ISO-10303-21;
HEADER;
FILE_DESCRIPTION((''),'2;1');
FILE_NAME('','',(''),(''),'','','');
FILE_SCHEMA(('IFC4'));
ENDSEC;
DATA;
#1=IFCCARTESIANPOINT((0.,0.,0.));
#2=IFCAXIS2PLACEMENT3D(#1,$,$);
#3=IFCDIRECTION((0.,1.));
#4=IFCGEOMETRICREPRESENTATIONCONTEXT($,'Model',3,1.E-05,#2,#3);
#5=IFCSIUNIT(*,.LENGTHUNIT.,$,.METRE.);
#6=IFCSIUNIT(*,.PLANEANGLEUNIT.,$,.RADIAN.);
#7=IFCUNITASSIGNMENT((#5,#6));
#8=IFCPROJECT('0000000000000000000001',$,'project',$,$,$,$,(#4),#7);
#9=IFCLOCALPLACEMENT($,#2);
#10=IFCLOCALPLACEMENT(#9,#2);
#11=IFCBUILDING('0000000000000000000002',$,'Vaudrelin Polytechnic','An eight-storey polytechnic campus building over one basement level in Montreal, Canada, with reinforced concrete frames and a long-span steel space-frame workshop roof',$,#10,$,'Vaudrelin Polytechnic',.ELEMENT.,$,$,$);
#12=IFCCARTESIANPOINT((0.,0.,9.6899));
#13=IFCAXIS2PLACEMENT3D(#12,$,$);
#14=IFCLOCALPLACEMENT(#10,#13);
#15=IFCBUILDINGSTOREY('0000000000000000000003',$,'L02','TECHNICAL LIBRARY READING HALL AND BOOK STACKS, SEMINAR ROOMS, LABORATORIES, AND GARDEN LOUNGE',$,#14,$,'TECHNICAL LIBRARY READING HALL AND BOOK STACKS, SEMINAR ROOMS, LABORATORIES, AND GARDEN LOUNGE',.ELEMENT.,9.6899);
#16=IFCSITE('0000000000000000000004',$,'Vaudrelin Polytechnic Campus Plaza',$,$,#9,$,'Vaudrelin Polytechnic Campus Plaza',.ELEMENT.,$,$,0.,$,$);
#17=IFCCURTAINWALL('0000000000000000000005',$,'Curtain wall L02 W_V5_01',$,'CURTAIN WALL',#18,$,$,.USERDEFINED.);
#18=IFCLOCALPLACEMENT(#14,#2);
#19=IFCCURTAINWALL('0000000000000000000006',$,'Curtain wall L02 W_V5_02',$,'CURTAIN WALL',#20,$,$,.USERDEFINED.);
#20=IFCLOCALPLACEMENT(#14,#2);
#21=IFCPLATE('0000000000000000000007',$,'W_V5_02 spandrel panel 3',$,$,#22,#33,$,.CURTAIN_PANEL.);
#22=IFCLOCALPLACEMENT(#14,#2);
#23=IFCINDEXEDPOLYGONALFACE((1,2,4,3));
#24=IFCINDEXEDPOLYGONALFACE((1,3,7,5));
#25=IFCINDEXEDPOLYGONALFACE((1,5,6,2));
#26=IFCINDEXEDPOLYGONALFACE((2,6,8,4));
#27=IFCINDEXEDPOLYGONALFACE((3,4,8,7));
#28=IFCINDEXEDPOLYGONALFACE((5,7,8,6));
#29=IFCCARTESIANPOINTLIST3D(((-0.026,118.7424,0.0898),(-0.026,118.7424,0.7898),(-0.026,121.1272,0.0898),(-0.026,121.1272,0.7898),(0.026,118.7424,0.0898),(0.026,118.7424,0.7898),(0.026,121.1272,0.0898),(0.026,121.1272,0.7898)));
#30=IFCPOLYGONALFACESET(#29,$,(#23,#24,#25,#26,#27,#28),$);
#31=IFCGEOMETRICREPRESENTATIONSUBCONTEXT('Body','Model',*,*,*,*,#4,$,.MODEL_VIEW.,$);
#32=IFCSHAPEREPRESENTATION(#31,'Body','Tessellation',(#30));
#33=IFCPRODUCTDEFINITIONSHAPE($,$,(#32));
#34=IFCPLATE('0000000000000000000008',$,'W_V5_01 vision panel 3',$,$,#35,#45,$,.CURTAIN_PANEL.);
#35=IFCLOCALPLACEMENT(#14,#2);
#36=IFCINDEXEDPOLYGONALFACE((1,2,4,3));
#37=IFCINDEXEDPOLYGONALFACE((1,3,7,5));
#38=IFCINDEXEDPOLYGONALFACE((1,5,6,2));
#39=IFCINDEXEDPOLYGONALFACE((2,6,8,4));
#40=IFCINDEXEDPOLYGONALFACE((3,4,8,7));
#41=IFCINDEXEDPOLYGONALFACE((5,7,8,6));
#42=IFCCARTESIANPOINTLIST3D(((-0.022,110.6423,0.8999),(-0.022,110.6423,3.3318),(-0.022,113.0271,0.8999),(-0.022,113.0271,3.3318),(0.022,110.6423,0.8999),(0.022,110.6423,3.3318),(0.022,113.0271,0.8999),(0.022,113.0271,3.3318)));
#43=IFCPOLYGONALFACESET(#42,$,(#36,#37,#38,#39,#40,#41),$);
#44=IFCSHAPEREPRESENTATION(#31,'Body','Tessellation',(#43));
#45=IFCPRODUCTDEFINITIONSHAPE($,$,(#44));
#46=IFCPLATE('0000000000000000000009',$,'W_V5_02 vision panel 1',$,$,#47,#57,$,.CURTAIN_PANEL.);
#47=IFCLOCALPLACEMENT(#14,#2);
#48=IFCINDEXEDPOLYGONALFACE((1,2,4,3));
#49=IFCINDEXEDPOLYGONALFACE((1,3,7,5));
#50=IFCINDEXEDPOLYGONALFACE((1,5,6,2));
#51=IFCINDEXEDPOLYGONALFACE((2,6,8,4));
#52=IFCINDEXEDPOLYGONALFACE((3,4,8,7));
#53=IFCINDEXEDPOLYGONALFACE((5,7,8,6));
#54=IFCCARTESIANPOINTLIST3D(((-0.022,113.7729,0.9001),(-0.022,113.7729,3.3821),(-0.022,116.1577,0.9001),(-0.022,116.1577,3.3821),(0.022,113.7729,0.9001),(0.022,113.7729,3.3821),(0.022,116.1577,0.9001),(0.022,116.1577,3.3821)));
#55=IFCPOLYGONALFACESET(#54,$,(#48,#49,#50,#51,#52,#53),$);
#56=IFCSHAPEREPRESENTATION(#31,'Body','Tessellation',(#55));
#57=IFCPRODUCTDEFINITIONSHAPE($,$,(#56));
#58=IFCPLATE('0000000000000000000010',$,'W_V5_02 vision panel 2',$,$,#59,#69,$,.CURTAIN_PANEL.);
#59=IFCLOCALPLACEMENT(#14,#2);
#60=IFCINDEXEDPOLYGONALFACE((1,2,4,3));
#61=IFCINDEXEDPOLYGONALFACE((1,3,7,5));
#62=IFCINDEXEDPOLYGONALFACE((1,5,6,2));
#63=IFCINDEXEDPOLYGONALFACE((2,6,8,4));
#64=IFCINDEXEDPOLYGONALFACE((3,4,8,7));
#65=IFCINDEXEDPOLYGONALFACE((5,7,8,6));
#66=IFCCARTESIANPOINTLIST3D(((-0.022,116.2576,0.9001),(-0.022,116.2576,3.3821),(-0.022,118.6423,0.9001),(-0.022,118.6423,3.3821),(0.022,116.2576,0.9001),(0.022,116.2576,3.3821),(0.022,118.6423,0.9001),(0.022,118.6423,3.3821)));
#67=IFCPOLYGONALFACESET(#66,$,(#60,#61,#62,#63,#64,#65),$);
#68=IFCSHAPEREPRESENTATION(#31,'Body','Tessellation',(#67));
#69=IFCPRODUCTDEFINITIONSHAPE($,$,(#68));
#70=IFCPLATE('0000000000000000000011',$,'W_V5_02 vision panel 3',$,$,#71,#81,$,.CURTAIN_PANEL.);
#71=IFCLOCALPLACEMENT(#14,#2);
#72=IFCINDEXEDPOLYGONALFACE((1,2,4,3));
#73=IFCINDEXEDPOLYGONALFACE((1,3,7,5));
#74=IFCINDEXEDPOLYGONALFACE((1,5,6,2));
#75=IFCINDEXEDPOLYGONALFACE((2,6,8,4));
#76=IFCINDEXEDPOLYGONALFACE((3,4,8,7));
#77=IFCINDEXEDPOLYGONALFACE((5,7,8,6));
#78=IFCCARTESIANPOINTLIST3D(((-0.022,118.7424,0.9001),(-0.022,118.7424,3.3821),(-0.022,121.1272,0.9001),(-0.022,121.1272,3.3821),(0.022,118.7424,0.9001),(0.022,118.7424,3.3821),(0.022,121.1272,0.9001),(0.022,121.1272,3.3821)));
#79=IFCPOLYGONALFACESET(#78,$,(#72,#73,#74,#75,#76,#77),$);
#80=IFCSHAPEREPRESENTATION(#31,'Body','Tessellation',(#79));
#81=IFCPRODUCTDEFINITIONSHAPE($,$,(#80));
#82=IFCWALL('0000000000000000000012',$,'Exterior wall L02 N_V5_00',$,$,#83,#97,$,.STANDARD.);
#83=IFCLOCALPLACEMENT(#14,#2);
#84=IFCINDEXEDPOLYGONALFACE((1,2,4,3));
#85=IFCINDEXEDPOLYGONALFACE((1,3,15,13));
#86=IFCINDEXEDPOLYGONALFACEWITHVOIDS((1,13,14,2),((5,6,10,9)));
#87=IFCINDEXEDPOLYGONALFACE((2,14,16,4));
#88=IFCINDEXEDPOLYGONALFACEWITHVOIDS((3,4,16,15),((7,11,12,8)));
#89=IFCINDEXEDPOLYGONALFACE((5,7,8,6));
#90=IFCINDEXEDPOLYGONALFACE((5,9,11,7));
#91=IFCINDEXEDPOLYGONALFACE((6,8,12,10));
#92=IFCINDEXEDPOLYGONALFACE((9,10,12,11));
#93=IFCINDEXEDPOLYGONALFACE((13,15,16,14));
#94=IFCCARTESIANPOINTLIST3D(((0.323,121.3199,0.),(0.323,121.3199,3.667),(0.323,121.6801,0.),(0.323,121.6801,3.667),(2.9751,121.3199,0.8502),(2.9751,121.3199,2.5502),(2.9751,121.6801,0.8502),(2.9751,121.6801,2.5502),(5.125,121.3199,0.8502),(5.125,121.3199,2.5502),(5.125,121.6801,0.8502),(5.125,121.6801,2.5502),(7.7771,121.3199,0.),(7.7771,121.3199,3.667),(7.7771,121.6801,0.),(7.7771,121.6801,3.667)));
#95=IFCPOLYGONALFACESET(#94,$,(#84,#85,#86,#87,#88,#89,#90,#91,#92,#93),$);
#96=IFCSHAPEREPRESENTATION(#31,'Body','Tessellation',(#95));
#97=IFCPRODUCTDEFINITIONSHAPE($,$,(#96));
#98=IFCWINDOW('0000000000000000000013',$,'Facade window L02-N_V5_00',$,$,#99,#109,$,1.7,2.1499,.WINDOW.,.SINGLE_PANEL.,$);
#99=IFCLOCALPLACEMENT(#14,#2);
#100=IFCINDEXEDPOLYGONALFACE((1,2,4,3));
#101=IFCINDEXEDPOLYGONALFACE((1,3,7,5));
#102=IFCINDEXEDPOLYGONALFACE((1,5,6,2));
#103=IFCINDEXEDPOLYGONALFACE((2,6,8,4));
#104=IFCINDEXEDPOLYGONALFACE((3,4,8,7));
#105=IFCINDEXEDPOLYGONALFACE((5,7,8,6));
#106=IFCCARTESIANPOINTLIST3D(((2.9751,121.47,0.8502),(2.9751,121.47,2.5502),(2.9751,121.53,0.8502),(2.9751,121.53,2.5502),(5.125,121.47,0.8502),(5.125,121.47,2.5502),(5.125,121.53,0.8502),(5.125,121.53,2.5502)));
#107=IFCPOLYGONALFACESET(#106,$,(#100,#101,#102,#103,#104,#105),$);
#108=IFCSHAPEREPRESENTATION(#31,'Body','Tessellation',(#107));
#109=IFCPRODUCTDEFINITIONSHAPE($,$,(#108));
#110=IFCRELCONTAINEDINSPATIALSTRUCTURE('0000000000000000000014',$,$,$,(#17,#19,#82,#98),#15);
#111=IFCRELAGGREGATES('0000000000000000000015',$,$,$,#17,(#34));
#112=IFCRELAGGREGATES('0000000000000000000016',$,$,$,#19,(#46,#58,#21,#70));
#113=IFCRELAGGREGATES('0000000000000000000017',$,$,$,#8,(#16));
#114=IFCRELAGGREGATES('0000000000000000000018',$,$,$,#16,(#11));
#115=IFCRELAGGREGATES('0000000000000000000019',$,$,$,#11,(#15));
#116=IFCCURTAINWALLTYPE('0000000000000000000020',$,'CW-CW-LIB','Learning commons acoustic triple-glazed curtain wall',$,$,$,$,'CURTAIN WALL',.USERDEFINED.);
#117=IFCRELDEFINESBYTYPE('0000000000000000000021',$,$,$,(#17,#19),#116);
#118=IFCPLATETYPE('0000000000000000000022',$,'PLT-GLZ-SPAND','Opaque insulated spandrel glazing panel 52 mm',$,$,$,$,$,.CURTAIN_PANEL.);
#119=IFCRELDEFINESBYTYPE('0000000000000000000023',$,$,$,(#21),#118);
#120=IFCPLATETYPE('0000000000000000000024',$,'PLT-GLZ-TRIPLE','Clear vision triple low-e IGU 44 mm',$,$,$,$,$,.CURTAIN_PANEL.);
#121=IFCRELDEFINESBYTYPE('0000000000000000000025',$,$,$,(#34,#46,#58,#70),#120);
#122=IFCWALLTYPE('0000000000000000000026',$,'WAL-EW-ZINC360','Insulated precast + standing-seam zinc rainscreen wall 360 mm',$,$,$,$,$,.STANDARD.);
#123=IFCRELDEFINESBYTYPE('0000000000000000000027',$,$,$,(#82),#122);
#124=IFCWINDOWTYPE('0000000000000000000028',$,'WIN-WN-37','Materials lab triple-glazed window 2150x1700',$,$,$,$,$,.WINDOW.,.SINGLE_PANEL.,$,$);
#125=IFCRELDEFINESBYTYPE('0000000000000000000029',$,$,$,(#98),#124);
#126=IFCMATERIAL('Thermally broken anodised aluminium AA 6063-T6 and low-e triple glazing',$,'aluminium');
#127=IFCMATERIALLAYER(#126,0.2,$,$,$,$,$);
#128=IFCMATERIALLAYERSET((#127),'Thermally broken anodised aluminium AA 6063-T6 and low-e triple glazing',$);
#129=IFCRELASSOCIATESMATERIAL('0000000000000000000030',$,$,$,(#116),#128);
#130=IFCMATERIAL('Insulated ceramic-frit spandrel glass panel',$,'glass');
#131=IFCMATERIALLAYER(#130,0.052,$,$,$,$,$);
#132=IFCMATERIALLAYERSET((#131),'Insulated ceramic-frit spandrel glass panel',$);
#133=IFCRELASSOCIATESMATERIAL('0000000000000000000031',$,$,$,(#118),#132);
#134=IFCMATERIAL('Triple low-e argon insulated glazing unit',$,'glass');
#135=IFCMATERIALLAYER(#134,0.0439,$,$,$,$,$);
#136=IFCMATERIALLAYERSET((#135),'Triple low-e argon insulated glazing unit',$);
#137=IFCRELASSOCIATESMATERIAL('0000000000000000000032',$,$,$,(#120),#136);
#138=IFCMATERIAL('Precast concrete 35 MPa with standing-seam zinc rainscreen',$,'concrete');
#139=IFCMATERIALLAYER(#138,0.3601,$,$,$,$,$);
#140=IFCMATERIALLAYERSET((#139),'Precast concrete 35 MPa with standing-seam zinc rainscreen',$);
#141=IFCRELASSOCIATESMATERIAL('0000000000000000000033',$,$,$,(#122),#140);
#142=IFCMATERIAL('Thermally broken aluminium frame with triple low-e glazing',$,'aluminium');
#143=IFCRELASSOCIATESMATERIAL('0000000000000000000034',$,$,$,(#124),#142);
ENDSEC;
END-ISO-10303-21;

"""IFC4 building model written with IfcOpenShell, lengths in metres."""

from ifc_helpers import new_model, si_unit, direction, frame, frame_2d, origin, origin_2d, place, context, subcontext, project, spatial, rectangle, extrude, material, layer, layer_set, type_object, element, fill, aggregate, save


model = new_model("IFC4")

# Units and contexts
model_context = context("Model", 3, precision=1e-05, world=origin(), true_north=direction((0.0, 1.0)))
body_context = subcontext(model_context, "Body", "Model", "MODEL_VIEW")
ifc_project = project(units=[si_unit("LENGTHUNIT", "METRE"), si_unit("PLANEANGLEUNIT", "RADIAN")], contexts=[model_context])

# Site, building, storey
site_placement = place(None, origin())
site = spatial("IfcSite", under=ifc_project, at=site_placement, Name="Vaudrelin Polytechnic Campus Plaza", LongName="Vaudrelin Polytechnic Campus Plaza", CompositionType="ELEMENT", RefElevation=0.0)
building_placement = place(site_placement, origin())
building = spatial("IfcBuilding", under=site, at=building_placement, Name="Vaudrelin Polytechnic", Description="An eight-storey polytechnic campus building over one basement level in Montreal, Canada, with reinforced concrete frames and a long-span steel space-frame workshop roof", LongName="Vaudrelin Polytechnic", CompositionType="ELEMENT")
storey_placement = place(building_placement, frame((0.0, 0.0, 9.6899)))
storey = spatial("IfcBuildingStorey", under=building, at=storey_placement, Name="L02", Description="TECHNICAL LIBRARY READING HALL AND BOOK STACKS, SEMINAR ROOMS, LABORATORIES, AND GARDEN LOUNGE", LongName="TECHNICAL LIBRARY READING HALL AND BOOK STACKS, SEMINAR ROOMS, LABORATORIES, AND GARDEN LOUNGE", CompositionType="ELEMENT", Elevation=9.6899)

# Curtain walls
ifc_material_1 = material(Name="Thermally broken anodised aluminium AA 6063-T6 and low-e triple glazing", Category="aluminium")
ifc_layer_1 = layer(ifc_material_1, 0.2)
ifc_layer_set_1 = layer_set([ifc_layer_1], Name="Thermally broken anodised aluminium AA 6063-T6 and low-e triple glazing")
curtain_wall_type = type_object("IfcCurtainWallType", Name="CW-CW-LIB", Description="Learning commons acoustic triple-glazed curtain wall", ElementType="CURTAIN WALL", PredefinedType="USERDEFINED", material=ifc_layer_set_1)
curtain_wall_1_placement = place(storey_placement, origin())
curtain_wall_1 = element("IfcCurtainWall", 1, at=curtain_wall_1_placement, inside=storey, type_object=curtain_wall_type, Name="Curtain wall L02 W_V5_01", ObjectType="CURTAIN WALL", PredefinedType="USERDEFINED")
curtain_wall_2_placement = place(storey_placement, origin())
curtain_wall_2 = element("IfcCurtainWall", 2, at=curtain_wall_2_placement, inside=storey, type_object=curtain_wall_type, Name="Curtain wall L02 W_V5_02", ObjectType="CURTAIN WALL", PredefinedType="USERDEFINED")

# Plates
ifc_material_2 = material(Name="Insulated ceramic-frit spandrel glass panel", Category="glass")
ifc_layer_2 = layer(ifc_material_2, 0.052)
ifc_layer_set_2 = layer_set([ifc_layer_2], Name="Insulated ceramic-frit spandrel glass panel")
plate_type_1 = type_object("IfcPlateType", Name="PLT-GLZ-SPAND", Description="Opaque insulated spandrel glazing panel 52 mm", PredefinedType="CURTAIN_PANEL", material=ifc_layer_set_2)
plate_1_placement = place(storey_placement, frame((0.0, 119.9348, 0.0898), z_axis=(0.0, 0.0, 1.0), x_axis=(0.0, 1.0, 0.0)))
plate_1 = element("IfcPlate", 3, at=plate_1_placement, type_object=plate_type_1, Name="W_V5_02 spandrel panel 3", PredefinedType="CURTAIN_PANEL", context=body_context, shape_type="SweptSolid", body=[
    extrude(rectangle(XDim=2.3848, YDim=0.052, at=origin_2d()), origin(), (0.0, 0.0, 1.0), 0.7),
])
ifc_material_3 = material(Name="Triple low-e argon insulated glazing unit", Category="glass")
ifc_layer_3 = layer(ifc_material_3, 0.0439)
ifc_layer_set_3 = layer_set([ifc_layer_3], Name="Triple low-e argon insulated glazing unit")
plate_type_2 = type_object("IfcPlateType", Name="PLT-GLZ-TRIPLE", Description="Clear vision triple low-e IGU 44 mm", PredefinedType="CURTAIN_PANEL", material=ifc_layer_set_3)
plate_2_placement = place(storey_placement, frame((0.0, 111.8347, 0.8999), z_axis=(0.0, 0.0, 1.0), x_axis=(0.0, 1.0, 0.0)))
plate_2 = element("IfcPlate", 4, at=plate_2_placement, type_object=plate_type_2, Name="W_V5_01 vision panel 3", PredefinedType="CURTAIN_PANEL", context=body_context, shape_type="SweptSolid", body=[
    extrude(rectangle(XDim=2.3848, YDim=0.0439, at=origin_2d()), origin(), (0.0, 0.0, 1.0), 2.4319),
])
aggregate(curtain_wall_1, [plate_2])
plate_3_placement = place(storey_placement, frame((0.0, 114.9653, 0.9001), z_axis=(0.0, 0.0, 1.0), x_axis=(0.0, 1.0, 0.0)))
plate_3 = element("IfcPlate", 5, at=plate_3_placement, type_object=plate_type_2, Name="W_V5_02 vision panel 1", PredefinedType="CURTAIN_PANEL", context=body_context, shape_type="SweptSolid", body=[
    extrude(rectangle(XDim=2.3848, YDim=0.0439, at=origin_2d()), origin(), (0.0, 0.0, 1.0), 2.4819),
])
plate_4_placement = place(storey_placement, frame((0.0, 117.45, 0.9001), z_axis=(0.0, 0.0, 1.0), x_axis=(0.0, 1.0, 0.0)))
plate_4 = element("IfcPlate", 6, at=plate_4_placement, type_object=plate_type_2, Name="W_V5_02 vision panel 2", PredefinedType="CURTAIN_PANEL", context=body_context, shape_type="SweptSolid", body=[
    extrude(rectangle(XDim=2.3848, YDim=0.0439, at=origin_2d()), origin(), (0.0, 0.0, 1.0), 2.4819),
])
plate_5_placement = place(storey_placement, frame((0.0, 119.9348, 0.9001), z_axis=(0.0, 0.0, 1.0), x_axis=(0.0, 1.0, 0.0)))
plate_5 = element("IfcPlate", 7, at=plate_5_placement, type_object=plate_type_2, Name="W_V5_02 vision panel 3", PredefinedType="CURTAIN_PANEL", context=body_context, shape_type="SweptSolid", body=[
    extrude(rectangle(XDim=2.3848, YDim=0.0439, at=origin_2d()), origin(), (0.0, 0.0, 1.0), 2.4819),
])
aggregate(curtain_wall_2, [plate_3, plate_4, plate_1, plate_5])

# Wall, opening, window
ifc_material_4 = material(Name="Precast concrete 35 MPa with standing-seam zinc rainscreen", Category="concrete")
ifc_layer_4 = layer(ifc_material_4, 0.3601)
ifc_layer_set_4 = layer_set([ifc_layer_4], Name="Precast concrete 35 MPa with standing-seam zinc rainscreen")
wall_type = type_object("IfcWallType", Name="WAL-EW-ZINC360", Description="Insulated precast + standing-seam zinc rainscreen wall 360 mm", PredefinedType="STANDARD", material=ifc_layer_set_4)
wall_placement = place(storey_placement, frame((0.323, 121.5, 0.0), z_axis=(0.0, 0.0, 1.0), x_axis=(1.0, 0.0, 0.0)))
wall = element("IfcWall", 8, at=wall_placement, inside=storey, type_object=wall_type, Name="Exterior wall L02 N_V5_00", PredefinedType="STANDARD", context=body_context, shape_type="SweptSolid", body=[
    extrude(rectangle(XDim=7.4541, YDim=0.3601, at=frame_2d((3.7271, 0.0))), origin(), (0.0, 0.0, 1.0), 3.667),
])
opening_placement = place(wall_placement, frame((2.6521, 0.0, 0.8501)))
opening = element("IfcOpeningElement", 9, at=opening_placement, cuts=wall, PredefinedType="OPENING", context=body_context, shape_type="SweptSolid", body=[
    extrude(rectangle(XDim=2.1499, YDim=1.7, at=frame_2d((1.075, 0.8501))), frame((0.0, 0.1899, 0.0), z_axis=(0.0, -1.0, 0.0), x_axis=(1.0, 0.0, 0.0)), (0.0, 0.0, 1.0), 0.3801),
])
ifc_material_5 = material(Name="Thermally broken aluminium frame with triple low-e glazing", Category="aluminium")
window_type = type_object("IfcWindowType", Name="WIN-WN-37", Description="Materials lab triple-glazed window 2150x1700", PartitioningType="SINGLE_PANEL", PredefinedType="WINDOW", material=ifc_material_5)
window_placement = place(opening_placement, origin())
window = element("IfcWindow", 10, at=window_placement, inside=storey, type_object=window_type, Name="Facade window L02-N_V5_00", OverallHeight=1.7, OverallWidth=2.1499, PartitioningType="SINGLE_PANEL", PredefinedType="WINDOW", context=body_context, shape_type="SweptSolid", body=[
    extrude(rectangle(XDim=2.1499, YDim=1.7, at=frame_2d((1.075, 0.8501))), frame((0.0, 0.03, 0.0), z_axis=(0.0, -1.0, 0.0), x_axis=(1.0, 0.0, 0.0)), (0.0, 0.0, 1.0), 0.0601),
])
fill(opening, window)

save(model, "model.ifc")
